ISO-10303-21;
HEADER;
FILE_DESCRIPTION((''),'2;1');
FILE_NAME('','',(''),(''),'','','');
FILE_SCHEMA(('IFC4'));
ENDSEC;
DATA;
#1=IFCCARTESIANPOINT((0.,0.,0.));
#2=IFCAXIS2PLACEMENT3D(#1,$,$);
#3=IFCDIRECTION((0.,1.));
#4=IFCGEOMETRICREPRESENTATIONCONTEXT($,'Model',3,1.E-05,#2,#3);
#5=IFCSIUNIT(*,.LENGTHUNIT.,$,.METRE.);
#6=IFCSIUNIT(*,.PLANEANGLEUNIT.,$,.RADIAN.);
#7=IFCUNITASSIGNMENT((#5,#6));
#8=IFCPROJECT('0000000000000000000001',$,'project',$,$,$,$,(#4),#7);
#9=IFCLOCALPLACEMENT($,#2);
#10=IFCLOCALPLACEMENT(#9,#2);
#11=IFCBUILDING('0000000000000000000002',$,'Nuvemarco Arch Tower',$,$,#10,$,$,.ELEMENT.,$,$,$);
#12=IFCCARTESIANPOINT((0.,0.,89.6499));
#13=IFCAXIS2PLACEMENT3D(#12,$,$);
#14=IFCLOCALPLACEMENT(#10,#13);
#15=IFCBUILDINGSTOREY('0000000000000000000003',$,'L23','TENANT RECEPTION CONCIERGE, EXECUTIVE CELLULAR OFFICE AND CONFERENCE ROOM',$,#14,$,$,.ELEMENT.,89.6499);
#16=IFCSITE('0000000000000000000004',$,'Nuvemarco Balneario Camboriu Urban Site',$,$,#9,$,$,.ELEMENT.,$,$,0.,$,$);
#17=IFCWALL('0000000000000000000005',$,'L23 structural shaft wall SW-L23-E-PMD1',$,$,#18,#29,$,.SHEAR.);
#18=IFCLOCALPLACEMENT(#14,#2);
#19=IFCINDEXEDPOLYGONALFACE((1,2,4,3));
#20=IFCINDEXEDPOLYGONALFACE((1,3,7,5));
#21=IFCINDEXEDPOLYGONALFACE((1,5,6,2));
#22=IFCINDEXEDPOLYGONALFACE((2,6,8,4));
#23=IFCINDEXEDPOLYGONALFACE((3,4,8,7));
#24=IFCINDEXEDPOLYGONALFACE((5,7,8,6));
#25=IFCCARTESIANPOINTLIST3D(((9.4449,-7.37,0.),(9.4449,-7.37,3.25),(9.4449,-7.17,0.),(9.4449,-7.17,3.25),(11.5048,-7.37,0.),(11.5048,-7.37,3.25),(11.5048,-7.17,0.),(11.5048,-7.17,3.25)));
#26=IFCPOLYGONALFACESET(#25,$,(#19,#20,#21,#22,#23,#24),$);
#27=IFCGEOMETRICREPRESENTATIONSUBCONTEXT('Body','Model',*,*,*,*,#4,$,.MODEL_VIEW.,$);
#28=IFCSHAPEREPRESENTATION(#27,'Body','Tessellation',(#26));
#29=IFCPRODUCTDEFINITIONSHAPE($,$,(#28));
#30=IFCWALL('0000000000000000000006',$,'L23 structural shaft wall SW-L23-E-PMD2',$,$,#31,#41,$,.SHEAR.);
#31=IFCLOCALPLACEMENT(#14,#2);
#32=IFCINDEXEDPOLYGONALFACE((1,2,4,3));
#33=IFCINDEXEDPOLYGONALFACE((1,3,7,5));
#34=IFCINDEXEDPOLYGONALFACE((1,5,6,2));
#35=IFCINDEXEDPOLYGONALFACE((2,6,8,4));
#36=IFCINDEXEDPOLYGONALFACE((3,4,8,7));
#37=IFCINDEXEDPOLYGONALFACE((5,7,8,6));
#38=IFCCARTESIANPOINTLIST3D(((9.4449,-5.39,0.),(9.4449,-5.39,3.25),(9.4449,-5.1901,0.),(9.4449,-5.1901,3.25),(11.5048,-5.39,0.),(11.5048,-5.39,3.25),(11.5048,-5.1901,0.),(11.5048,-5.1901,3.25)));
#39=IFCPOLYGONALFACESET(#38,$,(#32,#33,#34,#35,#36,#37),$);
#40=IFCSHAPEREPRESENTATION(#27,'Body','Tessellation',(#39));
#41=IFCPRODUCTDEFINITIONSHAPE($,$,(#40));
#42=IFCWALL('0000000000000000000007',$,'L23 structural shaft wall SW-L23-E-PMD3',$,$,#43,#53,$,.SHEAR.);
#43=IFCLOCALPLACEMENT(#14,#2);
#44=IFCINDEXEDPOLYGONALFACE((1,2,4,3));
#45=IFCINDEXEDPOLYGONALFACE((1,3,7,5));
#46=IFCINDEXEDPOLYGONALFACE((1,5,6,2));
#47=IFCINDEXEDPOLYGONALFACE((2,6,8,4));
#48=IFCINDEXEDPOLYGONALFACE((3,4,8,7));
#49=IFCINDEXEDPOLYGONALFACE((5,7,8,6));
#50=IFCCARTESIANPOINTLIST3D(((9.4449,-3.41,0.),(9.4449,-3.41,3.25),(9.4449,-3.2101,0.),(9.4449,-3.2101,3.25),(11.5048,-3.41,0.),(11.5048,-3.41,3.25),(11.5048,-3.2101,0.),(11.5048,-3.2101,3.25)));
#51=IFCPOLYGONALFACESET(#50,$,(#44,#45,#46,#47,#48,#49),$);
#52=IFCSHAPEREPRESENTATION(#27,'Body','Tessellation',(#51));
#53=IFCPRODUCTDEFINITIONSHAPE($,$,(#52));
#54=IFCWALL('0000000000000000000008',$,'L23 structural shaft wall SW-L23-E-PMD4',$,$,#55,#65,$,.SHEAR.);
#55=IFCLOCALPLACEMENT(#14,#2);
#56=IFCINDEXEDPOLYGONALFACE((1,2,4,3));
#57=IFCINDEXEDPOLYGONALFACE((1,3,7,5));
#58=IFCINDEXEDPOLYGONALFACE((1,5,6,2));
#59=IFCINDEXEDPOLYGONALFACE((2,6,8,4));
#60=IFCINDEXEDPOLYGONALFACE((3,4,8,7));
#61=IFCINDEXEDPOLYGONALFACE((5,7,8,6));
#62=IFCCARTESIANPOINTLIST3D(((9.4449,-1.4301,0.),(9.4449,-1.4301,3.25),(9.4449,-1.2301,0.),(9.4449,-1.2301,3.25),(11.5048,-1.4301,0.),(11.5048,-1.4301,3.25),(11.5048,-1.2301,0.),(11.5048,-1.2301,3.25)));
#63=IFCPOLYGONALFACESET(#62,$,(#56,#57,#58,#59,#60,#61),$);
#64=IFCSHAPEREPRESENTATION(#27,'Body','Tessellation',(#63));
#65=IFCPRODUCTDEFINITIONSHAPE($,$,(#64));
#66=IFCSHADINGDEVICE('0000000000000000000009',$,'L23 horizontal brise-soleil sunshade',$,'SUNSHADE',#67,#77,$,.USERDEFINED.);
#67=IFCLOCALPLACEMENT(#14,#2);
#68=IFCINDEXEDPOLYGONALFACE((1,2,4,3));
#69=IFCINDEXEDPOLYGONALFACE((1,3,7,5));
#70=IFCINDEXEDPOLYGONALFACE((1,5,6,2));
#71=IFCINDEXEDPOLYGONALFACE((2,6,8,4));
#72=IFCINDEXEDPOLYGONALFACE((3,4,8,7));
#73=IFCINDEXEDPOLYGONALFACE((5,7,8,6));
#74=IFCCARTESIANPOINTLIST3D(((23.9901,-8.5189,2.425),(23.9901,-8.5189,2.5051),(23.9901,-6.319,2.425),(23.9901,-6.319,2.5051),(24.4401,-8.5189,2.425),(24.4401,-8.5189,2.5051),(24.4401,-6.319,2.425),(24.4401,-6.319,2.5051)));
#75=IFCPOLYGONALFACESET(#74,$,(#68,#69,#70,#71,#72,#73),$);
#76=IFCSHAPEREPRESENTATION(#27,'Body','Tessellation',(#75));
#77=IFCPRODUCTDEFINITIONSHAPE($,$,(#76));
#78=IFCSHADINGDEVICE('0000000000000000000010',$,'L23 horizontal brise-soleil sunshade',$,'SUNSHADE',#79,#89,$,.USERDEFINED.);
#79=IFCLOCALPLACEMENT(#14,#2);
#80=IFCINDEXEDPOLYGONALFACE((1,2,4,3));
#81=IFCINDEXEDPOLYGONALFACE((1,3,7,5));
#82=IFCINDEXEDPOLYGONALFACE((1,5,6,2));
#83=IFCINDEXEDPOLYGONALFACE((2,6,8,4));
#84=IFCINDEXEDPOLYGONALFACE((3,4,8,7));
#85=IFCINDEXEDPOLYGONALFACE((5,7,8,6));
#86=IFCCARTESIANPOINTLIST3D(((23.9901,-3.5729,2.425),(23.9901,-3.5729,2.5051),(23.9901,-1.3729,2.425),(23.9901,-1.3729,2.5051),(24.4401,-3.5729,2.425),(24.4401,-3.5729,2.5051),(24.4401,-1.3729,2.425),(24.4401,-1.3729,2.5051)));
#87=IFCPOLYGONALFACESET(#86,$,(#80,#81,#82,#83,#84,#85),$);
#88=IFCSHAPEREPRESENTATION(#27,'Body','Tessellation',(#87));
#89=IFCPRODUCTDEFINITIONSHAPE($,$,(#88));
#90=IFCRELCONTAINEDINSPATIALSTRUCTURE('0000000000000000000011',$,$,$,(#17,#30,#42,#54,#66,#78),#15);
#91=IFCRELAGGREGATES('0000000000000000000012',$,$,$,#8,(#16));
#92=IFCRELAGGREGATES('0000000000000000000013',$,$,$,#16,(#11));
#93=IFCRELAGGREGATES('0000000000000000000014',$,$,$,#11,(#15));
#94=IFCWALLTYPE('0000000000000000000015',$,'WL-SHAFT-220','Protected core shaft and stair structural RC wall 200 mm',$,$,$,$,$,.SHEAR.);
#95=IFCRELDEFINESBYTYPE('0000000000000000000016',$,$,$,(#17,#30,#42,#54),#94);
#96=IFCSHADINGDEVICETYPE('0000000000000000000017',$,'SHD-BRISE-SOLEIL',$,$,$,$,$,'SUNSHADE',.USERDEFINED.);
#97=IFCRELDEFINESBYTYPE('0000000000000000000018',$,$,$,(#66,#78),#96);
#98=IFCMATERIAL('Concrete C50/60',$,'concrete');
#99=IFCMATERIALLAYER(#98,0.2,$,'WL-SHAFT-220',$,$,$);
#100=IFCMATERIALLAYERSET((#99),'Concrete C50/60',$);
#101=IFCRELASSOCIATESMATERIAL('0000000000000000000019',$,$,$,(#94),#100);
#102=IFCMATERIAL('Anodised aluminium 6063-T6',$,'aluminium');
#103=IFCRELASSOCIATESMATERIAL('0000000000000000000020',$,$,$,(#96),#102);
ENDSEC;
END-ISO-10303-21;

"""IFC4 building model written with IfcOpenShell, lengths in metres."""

from ifc_helpers import new_model, si_unit, direction, frame, frame_2d, origin, origin_2d, place, context, subcontext, project, spatial, rectangle, extrude, source, transform, mapped, material, layer, layer_set, type_object, type_shapes, element, save


model = new_model("IFC4")

# Units and contexts
model_context = context("Model", 3, precision=1e-05, world=origin(), true_north=direction((0.0, 1.0)))
body_context = subcontext(model_context, "Body", "Model", "MODEL_VIEW")
ifc_project = project(units=[si_unit("LENGTHUNIT", "METRE"), si_unit("PLANEANGLEUNIT", "RADIAN")], contexts=[model_context])

# Site, building, storey
site_placement = place(None, origin())
site = spatial("IfcSite", under=ifc_project, at=site_placement, Name="Nuvemarco Balneario Camboriu Urban Site", CompositionType="ELEMENT", RefElevation=0.0)
building_placement = place(site_placement, origin())
building = spatial("IfcBuilding", under=site, at=building_placement, Name="Nuvemarco Arch Tower", CompositionType="ELEMENT")
storey_placement = place(building_placement, frame((0.0, 0.0, 89.6499)))
storey = spatial("IfcBuildingStorey", under=building, at=storey_placement, Name="L23", Description="TENANT RECEPTION CONCIERGE, EXECUTIVE CELLULAR OFFICE AND CONFERENCE ROOM", CompositionType="ELEMENT", Elevation=89.6499)

# Shared definitions
ifc_material_1 = material(Name="Concrete C50/60", Category="concrete")
ifc_layer_1 = layer(ifc_material_1, 0.2, Name="WL-SHAFT-220")
ifc_layer_set_1 = layer_set([ifc_layer_1], Name="Concrete C50/60")
wall_type_1 = type_object("IfcWallType", Name="WL-SHAFT-220", Description="Protected core shaft and stair structural RC wall 200 mm", PredefinedType="SHEAR", material=ifc_layer_set_1)

# Walls
for number, where, z_axis, x_axis, name in (
    (1, (9.4451, -7.27, 0.0), (0.0, 0.0, 1.0), (1.0, 0.0, 0.0), "L23 structural shaft wall SW-L23-E-PMD1"),
    (2, (9.4451, -5.29, 0.0), (0.0, 0.0, 1.0), (1.0, 0.0, 0.0), "L23 structural shaft wall SW-L23-E-PMD2"),
    (3, (9.4451, -3.3101, 0.0), (0.0, 0.0, 1.0), (1.0, 0.0, 0.0), "L23 structural shaft wall SW-L23-E-PMD3"),
    (4, (9.4451, -1.3301, 0.0), (0.0, 0.0, 1.0), (1.0, 0.0, 0.0), "L23 structural shaft wall SW-L23-E-PMD4"),
):
    element("IfcWall", number, at=place(storey_placement, frame(where, z_axis=z_axis, x_axis=x_axis)), inside=storey, type_object=wall_type_1, Name=name, PredefinedType="SHEAR", context=body_context, shape_type="SweptSolid", body=[
        extrude(rectangle(XDim=2.0598, YDim=0.2, at=frame_2d((1.0298, 0.0))), origin(), (0.0, 0.0, 1.0), 3.25),
    ])

# Shading devices
ifc_material_2 = material(Name="Anodised aluminium 6063-T6", Category="aluminium")
shading_device_type = type_object("IfcShadingDeviceType", Name="SHD-BRISE-SOLEIL", ElementType="SUNSHADE", PredefinedType="USERDEFINED", material=ifc_material_2)
shared_shape_1 = source(origin(), body_context, "Body", "SweptSolid", [
    extrude(rectangle(XDim=2.2, YDim=0.45, at=origin_2d()), origin(), (0.0, 0.0, 1.0), 0.0801),
])
type_shapes(shading_device_type, [shared_shape_1])
for number, where, z_axis, x_axis, name in (
    (5, (24.2151, -7.4189, 2.425), (0.0, 0.0, 1.0), (0.0, 1.0, 0.0), "L23 horizontal brise-soleil sunshade"),
    (6, (24.2151, -2.4729, 2.425), (0.0, 0.0, 1.0), (0.0, 1.0, 0.0), "L23 horizontal brise-soleil sunshade"),
):
    element("IfcShadingDevice", number, at=place(storey_placement, frame(where, z_axis=z_axis, x_axis=x_axis)), inside=storey, type_object=shading_device_type, Name=name, ObjectType="SUNSHADE", PredefinedType="USERDEFINED", context=body_context, shape_type="MappedRepresentation", body=[
        mapped(shared_shape_1, transform((0.0, 0.0, 0.0), scale=1.0)),
    ])

save(model, "model.ifc")
